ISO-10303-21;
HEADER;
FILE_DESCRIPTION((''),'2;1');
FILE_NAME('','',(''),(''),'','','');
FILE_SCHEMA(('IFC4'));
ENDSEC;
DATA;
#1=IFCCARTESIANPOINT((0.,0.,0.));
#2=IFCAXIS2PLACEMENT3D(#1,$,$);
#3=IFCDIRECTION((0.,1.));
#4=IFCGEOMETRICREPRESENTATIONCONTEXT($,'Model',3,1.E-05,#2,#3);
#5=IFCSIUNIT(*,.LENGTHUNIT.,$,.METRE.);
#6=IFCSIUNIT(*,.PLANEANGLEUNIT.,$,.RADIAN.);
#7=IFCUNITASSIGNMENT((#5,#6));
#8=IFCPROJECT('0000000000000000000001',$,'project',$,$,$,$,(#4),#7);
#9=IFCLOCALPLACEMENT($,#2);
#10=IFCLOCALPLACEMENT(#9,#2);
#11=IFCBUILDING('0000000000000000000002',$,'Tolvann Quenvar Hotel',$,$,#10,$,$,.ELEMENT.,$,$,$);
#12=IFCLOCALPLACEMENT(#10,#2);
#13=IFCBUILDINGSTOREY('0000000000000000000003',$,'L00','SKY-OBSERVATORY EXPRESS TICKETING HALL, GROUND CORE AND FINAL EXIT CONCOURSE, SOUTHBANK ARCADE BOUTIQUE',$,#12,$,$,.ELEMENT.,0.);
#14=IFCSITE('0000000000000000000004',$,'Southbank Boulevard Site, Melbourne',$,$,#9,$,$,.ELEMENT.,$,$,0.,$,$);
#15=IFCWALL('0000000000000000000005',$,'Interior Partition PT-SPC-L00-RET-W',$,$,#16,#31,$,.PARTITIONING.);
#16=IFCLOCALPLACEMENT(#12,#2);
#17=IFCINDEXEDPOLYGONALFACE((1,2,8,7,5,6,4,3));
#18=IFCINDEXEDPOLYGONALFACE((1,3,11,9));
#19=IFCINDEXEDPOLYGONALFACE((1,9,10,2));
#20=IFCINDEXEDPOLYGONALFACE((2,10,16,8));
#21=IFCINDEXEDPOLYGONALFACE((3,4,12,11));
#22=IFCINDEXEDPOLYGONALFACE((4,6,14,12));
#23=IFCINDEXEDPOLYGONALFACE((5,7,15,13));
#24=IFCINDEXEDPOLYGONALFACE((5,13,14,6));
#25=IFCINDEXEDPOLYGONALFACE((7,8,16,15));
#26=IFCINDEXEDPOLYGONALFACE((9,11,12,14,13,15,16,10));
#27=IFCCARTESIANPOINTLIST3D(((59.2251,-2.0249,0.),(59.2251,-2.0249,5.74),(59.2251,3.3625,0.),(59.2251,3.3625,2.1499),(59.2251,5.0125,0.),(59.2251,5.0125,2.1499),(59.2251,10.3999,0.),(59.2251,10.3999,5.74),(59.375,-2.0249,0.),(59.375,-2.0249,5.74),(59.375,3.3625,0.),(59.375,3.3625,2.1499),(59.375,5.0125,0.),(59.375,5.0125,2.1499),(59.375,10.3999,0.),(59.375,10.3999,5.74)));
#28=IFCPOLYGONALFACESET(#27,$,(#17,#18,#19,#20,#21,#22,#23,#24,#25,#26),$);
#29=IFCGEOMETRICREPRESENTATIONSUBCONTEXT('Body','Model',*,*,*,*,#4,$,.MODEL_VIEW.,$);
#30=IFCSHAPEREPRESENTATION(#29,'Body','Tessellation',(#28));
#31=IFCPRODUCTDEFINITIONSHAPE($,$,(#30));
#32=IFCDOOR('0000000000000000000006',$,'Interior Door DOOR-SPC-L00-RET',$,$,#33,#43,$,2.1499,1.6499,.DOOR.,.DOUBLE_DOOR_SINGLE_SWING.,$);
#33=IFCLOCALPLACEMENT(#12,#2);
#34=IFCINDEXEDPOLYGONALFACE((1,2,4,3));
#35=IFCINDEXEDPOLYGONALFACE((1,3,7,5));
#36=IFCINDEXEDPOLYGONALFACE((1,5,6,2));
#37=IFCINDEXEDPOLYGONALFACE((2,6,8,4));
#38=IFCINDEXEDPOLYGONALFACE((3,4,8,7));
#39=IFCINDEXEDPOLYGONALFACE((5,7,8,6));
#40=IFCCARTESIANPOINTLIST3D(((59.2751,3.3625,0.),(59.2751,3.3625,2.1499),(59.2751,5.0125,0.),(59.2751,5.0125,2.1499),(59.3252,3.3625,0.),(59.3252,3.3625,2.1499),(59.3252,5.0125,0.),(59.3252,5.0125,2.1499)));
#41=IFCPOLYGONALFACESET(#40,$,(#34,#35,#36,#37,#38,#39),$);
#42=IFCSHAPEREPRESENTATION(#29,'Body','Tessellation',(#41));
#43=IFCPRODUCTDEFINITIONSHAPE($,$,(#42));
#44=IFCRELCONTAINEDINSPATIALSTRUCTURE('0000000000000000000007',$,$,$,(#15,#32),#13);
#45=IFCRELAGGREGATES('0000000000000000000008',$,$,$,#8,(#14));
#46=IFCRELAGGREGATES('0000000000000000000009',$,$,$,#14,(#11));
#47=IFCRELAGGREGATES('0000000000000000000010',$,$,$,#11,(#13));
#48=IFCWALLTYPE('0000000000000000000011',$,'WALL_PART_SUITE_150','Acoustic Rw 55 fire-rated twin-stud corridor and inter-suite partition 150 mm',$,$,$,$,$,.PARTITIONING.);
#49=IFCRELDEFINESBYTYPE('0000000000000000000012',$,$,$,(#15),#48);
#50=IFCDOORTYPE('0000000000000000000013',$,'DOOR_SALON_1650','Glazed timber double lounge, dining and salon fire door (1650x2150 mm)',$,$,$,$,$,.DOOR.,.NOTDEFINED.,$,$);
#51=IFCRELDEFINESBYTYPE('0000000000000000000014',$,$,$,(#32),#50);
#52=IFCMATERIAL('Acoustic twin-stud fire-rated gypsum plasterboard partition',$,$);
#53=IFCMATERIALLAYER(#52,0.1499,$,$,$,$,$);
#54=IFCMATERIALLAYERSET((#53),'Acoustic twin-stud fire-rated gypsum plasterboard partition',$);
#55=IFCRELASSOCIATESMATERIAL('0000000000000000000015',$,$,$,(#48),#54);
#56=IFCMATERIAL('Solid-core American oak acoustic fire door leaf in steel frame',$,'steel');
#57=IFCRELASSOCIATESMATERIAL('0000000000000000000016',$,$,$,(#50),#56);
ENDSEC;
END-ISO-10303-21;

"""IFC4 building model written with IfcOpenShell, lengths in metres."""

from ifc_helpers import new_model, si_unit, direction, frame, frame_2d, origin, place, context, subcontext, project, spatial, rectangle, extrude, source, transform, mapped, material, layer, layer_set, type_object, type_shapes, element, fill, save


model = new_model("IFC4")

# Units and contexts
model_context = context("Model", 3, precision=1e-05, world=origin(), true_north=direction((0.0, 1.0)))
body_context = subcontext(model_context, "Body", "Model", "MODEL_VIEW")
ifc_project = project(units=[si_unit("LENGTHUNIT", "METRE"), si_unit("PLANEANGLEUNIT", "RADIAN")], contexts=[model_context])

# Site, building, storey
site_placement = place(None, origin())
site = spatial("IfcSite", under=ifc_project, at=site_placement, Name="Southbank Boulevard Site, Melbourne", CompositionType="ELEMENT", RefElevation=0.0)
building_placement = place(site_placement, origin())
building = spatial("IfcBuilding", under=site, at=building_placement, Name="Tolvann Quenvar Hotel", CompositionType="ELEMENT")
storey_placement = place(building_placement, origin())
storey = spatial("IfcBuildingStorey", under=building, at=storey_placement, Name="L00", Description="SKY-OBSERVATORY EXPRESS TICKETING HALL, GROUND CORE AND FINAL EXIT CONCOURSE, SOUTHBANK ARCADE BOUTIQUE", CompositionType="ELEMENT", Elevation=0.0)

# Shared definitions
ifc_material_1 = material(Name="Acoustic twin-stud fire-rated gypsum plasterboard partition")

# Wall, opening, door
ifc_layer_1 = layer(ifc_material_1, 0.1499)
ifc_layer_set_1 = layer_set([ifc_layer_1], Name="Acoustic twin-stud fire-rated gypsum plasterboard partition")
wall_type_1 = type_object("IfcWallType", Name="WALL_PART_SUITE_150", Description="Acoustic Rw 55 fire-rated twin-stud corridor and inter-suite partition 150 mm", PredefinedType="PARTITIONING", material=ifc_layer_set_1)
wall_1_placement = place(storey_placement, frame((59.3, -2.0249, 0.0), z_axis=(0.0, 0.0, 1.0), x_axis=(0.0, 1.0, 0.0)))
wall_1 = element("IfcWall", 1, at=wall_1_placement, inside=storey, type_object=wall_type_1, Name="Interior Partition PT-SPC-L00-RET-W", PredefinedType="PARTITIONING", context=body_context, shape_type="SweptSolid", body=[
    extrude(rectangle(XDim=12.4248, YDim=0.1499, at=frame_2d((6.2124, 0.0))), origin(), (0.0, 0.0, 1.0), 5.74),
])
opening_1_placement = place(wall_1_placement, frame((5.3875, 0.0, 0.0)))
opening_1 = element("IfcOpeningElement", 2, at=opening_1_placement, cuts=wall_1, PredefinedType="OPENING", context=body_context, shape_type="SweptSolid", body=[
    extrude(rectangle(XDim=1.6499, YDim=2.1499, at=frame_2d((0.825, 1.075))), frame((0.0, 0.085, 0.0), z_axis=(0.0, -1.0, 0.0), x_axis=(1.0, 0.0, 0.0)), (0.0, 0.0, 1.0), 0.1699),
])
ifc_material_2 = material(Name="Solid-core American oak acoustic fire door leaf in steel frame", Category="steel")
door_type = type_object("IfcDoorType", Name="DOOR_SALON_1650", Description="Glazed timber double lounge, dining and salon fire door (1650x2150 mm)", OperationType="NOTDEFINED", PredefinedType="DOOR", material=ifc_material_2)
shared_shape_1 = source(origin(), body_context, "Body", "SweptSolid", [
    extrude(rectangle(XDim=1.6499, YDim=2.1499, at=frame_2d((0.825, 1.075))), frame((0.0, 0.0249, 0.0), z_axis=(0.0, -1.0, 0.0), x_axis=(1.0, 0.0, 0.0)), (0.0, 0.0, 1.0), 0.05),
])
type_shapes(door_type, [shared_shape_1])
door_placement = place(opening_1_placement, origin())
door = element("IfcDoor", 3, at=door_placement, inside=storey, type_object=door_type, Name="Interior Door DOOR-SPC-L00-RET", OperationType="DOUBLE_DOOR_SINGLE_SWING", OverallHeight=2.1499, OverallWidth=1.6499, PredefinedType="DOOR", context=body_context, shape_type="MappedRepresentation", body=[
    mapped(shared_shape_1, transform((0.0, 0.0, 0.0), x_axis=(1.0, 0.0, 0.0), y_axis=(0.0, 1.0, 0.0), z_axis=(0.0, 0.0, 1.0), scale=1.0)),
])
fill(opening_1, door)

save(model, "model.ifc")
